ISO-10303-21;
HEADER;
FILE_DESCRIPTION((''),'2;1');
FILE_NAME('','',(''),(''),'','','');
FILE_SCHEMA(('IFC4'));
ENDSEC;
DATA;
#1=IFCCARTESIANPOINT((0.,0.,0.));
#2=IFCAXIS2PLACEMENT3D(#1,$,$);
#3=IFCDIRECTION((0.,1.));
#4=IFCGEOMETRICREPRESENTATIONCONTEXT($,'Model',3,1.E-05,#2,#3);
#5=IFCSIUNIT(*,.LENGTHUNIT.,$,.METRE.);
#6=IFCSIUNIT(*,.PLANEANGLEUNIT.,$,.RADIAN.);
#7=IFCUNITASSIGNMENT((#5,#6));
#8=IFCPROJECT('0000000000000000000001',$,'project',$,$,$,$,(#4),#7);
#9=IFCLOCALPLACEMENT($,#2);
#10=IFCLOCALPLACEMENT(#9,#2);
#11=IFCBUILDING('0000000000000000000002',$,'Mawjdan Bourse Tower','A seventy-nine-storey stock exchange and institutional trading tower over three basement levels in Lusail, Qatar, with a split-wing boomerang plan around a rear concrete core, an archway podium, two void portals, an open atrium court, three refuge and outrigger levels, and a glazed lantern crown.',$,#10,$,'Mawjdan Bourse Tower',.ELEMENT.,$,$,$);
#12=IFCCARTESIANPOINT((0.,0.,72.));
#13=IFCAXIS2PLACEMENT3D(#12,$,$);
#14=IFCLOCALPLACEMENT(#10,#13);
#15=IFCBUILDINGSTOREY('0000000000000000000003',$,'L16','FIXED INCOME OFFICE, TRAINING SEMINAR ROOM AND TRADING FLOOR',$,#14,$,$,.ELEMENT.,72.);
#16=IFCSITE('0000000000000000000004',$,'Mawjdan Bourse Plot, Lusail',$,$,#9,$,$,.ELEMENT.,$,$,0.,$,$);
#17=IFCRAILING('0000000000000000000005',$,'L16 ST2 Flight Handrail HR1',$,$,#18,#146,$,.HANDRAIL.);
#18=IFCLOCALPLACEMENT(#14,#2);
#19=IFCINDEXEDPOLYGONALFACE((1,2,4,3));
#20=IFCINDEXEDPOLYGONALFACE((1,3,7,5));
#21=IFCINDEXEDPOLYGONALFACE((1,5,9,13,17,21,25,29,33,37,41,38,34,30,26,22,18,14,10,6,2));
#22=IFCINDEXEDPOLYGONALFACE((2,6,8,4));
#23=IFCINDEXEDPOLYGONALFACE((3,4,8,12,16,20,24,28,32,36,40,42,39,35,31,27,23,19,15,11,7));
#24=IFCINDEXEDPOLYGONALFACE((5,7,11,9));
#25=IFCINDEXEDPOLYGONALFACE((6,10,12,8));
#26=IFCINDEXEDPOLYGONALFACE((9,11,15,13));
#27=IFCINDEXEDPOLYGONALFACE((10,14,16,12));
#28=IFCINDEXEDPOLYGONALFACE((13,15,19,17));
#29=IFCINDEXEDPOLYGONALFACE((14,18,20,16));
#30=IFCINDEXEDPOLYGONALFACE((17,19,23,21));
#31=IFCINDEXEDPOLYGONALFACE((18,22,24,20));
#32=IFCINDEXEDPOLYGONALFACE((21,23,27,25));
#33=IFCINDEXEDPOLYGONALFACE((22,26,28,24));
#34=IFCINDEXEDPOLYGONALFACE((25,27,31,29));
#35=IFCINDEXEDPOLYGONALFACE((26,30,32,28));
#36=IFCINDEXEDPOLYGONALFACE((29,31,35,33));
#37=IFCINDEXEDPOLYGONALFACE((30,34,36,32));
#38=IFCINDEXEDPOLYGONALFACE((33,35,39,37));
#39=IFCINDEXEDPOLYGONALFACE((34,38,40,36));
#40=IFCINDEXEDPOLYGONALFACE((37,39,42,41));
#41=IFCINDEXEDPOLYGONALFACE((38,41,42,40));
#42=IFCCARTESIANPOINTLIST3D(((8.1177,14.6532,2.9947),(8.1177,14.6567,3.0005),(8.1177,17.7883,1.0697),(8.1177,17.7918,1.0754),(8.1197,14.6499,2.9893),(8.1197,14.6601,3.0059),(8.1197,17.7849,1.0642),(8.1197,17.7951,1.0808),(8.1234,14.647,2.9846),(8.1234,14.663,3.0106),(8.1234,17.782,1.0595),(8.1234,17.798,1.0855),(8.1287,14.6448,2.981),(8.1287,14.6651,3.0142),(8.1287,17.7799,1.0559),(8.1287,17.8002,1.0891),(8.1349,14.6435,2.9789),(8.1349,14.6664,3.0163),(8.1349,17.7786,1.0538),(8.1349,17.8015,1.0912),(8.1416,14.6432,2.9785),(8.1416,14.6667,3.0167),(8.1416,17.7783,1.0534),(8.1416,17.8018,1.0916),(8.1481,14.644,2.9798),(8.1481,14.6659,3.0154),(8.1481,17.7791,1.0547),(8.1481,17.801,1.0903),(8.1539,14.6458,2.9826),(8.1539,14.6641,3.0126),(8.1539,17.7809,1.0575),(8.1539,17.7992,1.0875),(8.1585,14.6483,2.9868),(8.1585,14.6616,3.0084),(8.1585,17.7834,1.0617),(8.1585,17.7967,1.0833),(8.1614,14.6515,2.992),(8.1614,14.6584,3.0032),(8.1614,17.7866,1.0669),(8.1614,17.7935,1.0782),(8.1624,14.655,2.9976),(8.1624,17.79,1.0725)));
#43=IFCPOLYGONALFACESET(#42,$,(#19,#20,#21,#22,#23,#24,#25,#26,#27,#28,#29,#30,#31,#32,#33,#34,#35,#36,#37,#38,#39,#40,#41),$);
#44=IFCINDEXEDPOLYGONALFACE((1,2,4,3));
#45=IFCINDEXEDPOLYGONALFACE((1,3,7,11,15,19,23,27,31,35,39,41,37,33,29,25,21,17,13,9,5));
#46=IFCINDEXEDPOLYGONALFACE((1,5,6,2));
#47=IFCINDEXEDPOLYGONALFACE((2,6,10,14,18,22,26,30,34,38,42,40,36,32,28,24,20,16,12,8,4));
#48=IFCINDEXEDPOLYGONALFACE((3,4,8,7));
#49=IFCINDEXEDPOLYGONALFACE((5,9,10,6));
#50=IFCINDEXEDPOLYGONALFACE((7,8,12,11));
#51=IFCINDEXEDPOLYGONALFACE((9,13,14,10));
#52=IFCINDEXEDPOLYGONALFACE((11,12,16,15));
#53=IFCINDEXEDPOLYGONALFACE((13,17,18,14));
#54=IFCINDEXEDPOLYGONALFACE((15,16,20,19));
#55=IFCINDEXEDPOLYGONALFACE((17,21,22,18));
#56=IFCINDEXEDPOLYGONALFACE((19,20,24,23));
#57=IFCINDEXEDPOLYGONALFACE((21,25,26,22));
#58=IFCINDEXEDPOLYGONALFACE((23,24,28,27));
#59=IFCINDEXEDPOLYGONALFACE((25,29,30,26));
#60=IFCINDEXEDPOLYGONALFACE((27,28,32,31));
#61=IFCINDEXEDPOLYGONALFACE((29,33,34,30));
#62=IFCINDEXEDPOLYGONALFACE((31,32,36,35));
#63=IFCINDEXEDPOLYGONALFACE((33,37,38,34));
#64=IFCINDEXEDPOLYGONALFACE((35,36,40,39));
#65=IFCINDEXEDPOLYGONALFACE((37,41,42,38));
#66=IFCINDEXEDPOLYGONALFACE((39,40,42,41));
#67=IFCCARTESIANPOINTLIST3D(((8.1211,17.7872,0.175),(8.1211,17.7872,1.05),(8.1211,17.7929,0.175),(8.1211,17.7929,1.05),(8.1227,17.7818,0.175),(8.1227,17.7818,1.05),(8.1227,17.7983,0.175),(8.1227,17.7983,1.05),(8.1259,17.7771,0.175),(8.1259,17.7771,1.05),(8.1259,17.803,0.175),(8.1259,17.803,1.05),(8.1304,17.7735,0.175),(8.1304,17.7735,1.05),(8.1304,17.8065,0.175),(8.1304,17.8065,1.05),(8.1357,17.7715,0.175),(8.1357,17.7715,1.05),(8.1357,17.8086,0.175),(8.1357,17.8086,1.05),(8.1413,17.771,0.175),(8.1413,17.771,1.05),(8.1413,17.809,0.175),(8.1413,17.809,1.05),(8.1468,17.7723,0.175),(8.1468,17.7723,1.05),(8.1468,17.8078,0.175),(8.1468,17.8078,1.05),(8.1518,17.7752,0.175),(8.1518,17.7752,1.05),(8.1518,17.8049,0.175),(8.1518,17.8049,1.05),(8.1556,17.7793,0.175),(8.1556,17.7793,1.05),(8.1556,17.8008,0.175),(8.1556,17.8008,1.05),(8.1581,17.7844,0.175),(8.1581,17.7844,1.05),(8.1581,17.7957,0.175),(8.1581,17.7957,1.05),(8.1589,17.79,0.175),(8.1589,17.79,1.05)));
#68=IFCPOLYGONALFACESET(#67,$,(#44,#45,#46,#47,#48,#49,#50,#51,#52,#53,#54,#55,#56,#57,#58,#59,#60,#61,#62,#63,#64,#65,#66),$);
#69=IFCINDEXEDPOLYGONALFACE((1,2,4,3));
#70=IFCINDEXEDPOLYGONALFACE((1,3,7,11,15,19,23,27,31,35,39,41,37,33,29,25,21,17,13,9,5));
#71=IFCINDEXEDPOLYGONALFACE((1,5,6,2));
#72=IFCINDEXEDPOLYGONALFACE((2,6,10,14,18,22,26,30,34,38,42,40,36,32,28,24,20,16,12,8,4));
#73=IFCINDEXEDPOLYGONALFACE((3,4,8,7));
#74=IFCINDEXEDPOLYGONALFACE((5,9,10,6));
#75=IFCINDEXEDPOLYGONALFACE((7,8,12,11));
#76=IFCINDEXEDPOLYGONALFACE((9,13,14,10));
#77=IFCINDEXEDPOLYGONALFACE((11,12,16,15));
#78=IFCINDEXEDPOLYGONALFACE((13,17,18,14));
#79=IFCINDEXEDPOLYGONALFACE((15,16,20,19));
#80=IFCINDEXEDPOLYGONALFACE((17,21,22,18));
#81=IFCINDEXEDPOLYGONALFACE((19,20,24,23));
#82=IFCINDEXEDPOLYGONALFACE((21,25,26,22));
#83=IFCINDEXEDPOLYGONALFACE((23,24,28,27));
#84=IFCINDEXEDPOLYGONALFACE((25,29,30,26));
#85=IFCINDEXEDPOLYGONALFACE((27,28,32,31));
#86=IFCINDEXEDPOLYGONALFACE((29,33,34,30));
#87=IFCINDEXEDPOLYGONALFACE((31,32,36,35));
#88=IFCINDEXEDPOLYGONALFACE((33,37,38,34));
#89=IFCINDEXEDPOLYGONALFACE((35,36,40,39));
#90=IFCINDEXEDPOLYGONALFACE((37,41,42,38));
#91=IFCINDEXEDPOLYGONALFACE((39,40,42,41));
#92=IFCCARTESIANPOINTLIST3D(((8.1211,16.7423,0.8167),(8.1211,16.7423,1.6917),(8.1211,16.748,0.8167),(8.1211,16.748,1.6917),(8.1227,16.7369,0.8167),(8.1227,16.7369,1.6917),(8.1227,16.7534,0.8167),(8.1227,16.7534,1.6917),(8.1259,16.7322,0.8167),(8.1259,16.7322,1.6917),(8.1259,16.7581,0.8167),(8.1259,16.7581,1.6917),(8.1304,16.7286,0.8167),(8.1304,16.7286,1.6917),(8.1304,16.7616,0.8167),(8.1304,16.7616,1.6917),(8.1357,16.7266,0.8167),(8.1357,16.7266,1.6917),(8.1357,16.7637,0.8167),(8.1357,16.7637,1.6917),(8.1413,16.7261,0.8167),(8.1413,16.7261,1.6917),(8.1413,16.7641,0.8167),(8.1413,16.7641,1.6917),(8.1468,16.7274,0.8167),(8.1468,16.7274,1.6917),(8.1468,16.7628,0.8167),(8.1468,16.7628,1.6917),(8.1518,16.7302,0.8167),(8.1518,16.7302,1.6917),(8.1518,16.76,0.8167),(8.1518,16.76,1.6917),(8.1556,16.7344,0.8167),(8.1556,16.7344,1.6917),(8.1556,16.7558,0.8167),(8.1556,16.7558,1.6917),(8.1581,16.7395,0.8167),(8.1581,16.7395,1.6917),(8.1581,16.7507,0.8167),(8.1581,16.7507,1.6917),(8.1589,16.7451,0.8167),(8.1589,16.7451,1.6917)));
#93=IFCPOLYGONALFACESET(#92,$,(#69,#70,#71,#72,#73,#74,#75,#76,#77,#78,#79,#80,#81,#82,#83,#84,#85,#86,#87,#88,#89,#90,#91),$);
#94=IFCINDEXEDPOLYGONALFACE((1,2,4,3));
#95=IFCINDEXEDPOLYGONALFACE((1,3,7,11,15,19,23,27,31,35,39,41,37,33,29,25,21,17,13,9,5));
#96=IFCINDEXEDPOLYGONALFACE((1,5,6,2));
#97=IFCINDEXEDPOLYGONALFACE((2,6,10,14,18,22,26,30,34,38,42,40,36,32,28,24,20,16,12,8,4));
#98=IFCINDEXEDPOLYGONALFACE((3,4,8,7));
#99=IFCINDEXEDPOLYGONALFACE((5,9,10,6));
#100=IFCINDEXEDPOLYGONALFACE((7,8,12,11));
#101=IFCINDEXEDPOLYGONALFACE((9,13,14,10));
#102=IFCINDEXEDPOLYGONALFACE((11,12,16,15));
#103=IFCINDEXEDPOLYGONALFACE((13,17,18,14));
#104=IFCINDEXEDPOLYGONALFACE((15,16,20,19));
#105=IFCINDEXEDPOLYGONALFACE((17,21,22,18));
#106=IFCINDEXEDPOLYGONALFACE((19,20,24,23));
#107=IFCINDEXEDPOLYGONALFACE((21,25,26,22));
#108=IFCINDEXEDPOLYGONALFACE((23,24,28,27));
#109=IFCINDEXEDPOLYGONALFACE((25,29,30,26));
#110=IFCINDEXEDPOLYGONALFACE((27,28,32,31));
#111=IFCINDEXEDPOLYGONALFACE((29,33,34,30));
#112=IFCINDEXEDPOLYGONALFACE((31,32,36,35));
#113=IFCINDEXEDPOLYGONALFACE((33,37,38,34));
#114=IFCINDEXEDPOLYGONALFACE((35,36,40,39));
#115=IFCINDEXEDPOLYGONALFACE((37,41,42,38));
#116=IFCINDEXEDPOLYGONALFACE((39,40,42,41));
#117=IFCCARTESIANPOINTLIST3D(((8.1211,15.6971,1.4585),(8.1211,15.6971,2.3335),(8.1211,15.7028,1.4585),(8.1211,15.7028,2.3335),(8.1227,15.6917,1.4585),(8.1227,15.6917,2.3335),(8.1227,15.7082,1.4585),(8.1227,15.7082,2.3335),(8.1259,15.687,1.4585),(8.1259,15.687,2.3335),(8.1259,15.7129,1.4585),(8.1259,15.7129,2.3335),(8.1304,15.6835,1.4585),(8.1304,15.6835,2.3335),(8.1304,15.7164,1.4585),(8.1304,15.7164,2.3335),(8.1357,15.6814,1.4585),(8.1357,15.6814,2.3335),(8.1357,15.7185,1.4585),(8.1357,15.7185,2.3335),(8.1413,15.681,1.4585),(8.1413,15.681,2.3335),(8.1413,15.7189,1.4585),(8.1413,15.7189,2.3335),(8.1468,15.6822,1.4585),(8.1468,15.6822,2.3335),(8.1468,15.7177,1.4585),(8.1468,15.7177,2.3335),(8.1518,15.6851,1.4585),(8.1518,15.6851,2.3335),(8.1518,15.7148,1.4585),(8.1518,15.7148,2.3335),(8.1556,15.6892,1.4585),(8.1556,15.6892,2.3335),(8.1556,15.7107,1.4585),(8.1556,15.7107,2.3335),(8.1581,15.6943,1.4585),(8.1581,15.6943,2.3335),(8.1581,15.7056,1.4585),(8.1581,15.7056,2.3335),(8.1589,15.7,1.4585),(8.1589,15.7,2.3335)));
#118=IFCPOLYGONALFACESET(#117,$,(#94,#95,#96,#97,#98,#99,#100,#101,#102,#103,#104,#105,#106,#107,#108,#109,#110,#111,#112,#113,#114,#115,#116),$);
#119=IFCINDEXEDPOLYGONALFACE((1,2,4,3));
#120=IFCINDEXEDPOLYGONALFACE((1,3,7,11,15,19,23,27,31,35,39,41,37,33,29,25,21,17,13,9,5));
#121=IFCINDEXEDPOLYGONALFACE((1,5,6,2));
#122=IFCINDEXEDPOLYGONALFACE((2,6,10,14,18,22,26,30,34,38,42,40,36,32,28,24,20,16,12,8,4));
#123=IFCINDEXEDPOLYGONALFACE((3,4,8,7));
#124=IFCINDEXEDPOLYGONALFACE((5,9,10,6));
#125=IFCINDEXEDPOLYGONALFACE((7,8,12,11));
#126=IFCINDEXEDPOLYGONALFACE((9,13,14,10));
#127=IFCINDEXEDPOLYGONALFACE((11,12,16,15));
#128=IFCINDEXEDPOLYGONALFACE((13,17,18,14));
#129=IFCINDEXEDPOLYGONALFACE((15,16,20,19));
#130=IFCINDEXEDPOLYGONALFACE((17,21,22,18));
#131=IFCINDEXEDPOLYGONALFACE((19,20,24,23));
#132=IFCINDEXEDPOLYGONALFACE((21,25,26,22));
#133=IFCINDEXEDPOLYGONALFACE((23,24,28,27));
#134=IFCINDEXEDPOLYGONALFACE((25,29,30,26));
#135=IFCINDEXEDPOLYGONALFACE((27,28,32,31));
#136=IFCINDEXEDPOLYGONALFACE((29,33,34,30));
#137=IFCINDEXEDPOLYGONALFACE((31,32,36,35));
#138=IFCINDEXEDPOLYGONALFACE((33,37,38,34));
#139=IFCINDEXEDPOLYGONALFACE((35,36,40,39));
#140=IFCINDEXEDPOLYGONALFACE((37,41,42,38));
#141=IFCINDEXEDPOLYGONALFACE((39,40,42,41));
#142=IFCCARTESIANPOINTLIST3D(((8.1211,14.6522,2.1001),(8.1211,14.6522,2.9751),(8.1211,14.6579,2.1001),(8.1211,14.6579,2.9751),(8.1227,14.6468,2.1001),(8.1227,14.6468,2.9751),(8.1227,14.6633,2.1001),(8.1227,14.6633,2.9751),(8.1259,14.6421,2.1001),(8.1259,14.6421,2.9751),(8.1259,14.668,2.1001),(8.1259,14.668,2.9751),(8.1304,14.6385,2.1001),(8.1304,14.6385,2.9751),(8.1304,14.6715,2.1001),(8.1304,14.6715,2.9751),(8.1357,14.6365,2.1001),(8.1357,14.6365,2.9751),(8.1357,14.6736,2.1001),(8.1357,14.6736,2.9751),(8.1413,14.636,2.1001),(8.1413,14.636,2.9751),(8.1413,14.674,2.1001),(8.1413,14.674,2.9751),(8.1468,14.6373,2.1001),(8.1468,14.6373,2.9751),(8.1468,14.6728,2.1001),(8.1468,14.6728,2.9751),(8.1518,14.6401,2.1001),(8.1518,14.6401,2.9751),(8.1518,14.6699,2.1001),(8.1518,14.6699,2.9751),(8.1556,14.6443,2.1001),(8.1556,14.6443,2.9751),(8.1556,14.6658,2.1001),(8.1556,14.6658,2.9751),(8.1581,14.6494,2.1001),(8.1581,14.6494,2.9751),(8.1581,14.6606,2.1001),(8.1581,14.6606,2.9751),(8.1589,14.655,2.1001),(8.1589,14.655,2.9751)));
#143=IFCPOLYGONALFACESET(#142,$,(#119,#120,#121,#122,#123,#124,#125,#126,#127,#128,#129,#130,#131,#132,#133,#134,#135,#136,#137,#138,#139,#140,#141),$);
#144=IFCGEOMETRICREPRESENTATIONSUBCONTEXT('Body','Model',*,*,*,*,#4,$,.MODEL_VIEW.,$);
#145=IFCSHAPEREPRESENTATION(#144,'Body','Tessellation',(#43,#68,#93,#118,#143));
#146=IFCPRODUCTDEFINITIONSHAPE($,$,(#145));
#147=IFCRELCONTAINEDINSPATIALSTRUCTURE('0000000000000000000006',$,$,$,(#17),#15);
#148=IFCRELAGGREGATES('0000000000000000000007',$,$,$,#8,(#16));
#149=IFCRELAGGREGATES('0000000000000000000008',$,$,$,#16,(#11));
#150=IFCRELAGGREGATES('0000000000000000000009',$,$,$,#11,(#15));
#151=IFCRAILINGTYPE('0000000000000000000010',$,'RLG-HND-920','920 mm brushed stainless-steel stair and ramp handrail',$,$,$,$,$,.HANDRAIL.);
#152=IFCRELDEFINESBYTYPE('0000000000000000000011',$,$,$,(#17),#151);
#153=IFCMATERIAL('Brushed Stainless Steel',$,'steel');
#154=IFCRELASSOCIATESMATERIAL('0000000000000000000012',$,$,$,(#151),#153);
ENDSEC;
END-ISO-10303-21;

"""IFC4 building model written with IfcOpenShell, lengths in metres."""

from ifc_helpers import new_model, si_unit, direction, frame, origin, origin_2d, place, context, subcontext, project, spatial, circle, extrude, material, type_object, element, save


model = new_model("IFC4")

# Units and contexts
model_context = context("Model", 3, precision=1e-05, world=origin(), true_north=direction((0.0, 1.0)))
body_context = subcontext(model_context, "Body", "Model", "MODEL_VIEW")
ifc_project = project(units=[si_unit("LENGTHUNIT", "METRE"), si_unit("PLANEANGLEUNIT", "RADIAN")], contexts=[model_context])

# Site, building, storey
site_placement = place(None, origin())
site = spatial("IfcSite", under=ifc_project, at=site_placement, Name="Mawjdan Bourse Plot, Lusail", CompositionType="ELEMENT", RefElevation=0.0)
building_placement = place(site_placement, origin())
building = spatial("IfcBuilding", under=site, at=building_placement, Name="Mawjdan Bourse Tower", Description="A seventy-nine-storey stock exchange and institutional trading tower over three basement levels in Lusail, Qatar, with a split-wing boomerang plan around a rear concrete core, an archway podium, two void portals, an open atrium court, three refuge and outrigger levels, and a glazed lantern crown.", LongName="Mawjdan Bourse Tower", CompositionType="ELEMENT")
storey_placement = place(building_placement, frame((0.0, 0.0, 72.0)))
storey = spatial("IfcBuildingStorey", under=building, at=storey_placement, Name="L16", Description="FIXED INCOME OFFICE, TRAINING SEMINAR ROOM AND TRADING FLOOR", CompositionType="ELEMENT", Elevation=72.0)

# Railing
ifc_material_1 = material(Name="Brushed Stainless Steel", Category="steel")
railing_type_1 = type_object("IfcRailingType", Name="RLG-HND-920", Description="920 mm brushed stainless-steel stair and ramp handrail", PredefinedType="HANDRAIL", material=ifc_material_1)
railing_1_placement = place(storey_placement, frame((8.1399, 17.79, 0.175)))
element("IfcRailing", 1, at=railing_1_placement, inside=storey, type_object=railing_type_1, Name="L16 ST2 Flight Handrail HR1", PredefinedType="HANDRAIL", context=body_context, shape_type="SweptSolid", body=[
    extrude(circle(Radius=0.0225, at=origin_2d()), frame((0.0, 0.0, 0.8975), z_axis=(0.0, -0.852166, 0.523271), x_axis=(1.0, 0.0, 0.0)), (0.0, 0.0, 1.0), 3.679),
    extrude(circle(Radius=0.019, at=origin_2d()), origin(), (0.0, 0.0, 1.0), 0.875),
    extrude(circle(Radius=0.019, at=origin_2d()), frame((0.0, -1.0449, 0.6416)), (0.0, 0.0, 1.0), 0.875),
    extrude(circle(Radius=0.019, at=origin_2d()), frame((0.0, -2.0901, 1.2834)), (0.0, 0.0, 1.0), 0.875),
    extrude(circle(Radius=0.019, at=origin_2d()), frame((0.0, -3.135, 1.925)), (0.0, 0.0, 1.0), 0.875),
])

save(model, "model.ifc")
